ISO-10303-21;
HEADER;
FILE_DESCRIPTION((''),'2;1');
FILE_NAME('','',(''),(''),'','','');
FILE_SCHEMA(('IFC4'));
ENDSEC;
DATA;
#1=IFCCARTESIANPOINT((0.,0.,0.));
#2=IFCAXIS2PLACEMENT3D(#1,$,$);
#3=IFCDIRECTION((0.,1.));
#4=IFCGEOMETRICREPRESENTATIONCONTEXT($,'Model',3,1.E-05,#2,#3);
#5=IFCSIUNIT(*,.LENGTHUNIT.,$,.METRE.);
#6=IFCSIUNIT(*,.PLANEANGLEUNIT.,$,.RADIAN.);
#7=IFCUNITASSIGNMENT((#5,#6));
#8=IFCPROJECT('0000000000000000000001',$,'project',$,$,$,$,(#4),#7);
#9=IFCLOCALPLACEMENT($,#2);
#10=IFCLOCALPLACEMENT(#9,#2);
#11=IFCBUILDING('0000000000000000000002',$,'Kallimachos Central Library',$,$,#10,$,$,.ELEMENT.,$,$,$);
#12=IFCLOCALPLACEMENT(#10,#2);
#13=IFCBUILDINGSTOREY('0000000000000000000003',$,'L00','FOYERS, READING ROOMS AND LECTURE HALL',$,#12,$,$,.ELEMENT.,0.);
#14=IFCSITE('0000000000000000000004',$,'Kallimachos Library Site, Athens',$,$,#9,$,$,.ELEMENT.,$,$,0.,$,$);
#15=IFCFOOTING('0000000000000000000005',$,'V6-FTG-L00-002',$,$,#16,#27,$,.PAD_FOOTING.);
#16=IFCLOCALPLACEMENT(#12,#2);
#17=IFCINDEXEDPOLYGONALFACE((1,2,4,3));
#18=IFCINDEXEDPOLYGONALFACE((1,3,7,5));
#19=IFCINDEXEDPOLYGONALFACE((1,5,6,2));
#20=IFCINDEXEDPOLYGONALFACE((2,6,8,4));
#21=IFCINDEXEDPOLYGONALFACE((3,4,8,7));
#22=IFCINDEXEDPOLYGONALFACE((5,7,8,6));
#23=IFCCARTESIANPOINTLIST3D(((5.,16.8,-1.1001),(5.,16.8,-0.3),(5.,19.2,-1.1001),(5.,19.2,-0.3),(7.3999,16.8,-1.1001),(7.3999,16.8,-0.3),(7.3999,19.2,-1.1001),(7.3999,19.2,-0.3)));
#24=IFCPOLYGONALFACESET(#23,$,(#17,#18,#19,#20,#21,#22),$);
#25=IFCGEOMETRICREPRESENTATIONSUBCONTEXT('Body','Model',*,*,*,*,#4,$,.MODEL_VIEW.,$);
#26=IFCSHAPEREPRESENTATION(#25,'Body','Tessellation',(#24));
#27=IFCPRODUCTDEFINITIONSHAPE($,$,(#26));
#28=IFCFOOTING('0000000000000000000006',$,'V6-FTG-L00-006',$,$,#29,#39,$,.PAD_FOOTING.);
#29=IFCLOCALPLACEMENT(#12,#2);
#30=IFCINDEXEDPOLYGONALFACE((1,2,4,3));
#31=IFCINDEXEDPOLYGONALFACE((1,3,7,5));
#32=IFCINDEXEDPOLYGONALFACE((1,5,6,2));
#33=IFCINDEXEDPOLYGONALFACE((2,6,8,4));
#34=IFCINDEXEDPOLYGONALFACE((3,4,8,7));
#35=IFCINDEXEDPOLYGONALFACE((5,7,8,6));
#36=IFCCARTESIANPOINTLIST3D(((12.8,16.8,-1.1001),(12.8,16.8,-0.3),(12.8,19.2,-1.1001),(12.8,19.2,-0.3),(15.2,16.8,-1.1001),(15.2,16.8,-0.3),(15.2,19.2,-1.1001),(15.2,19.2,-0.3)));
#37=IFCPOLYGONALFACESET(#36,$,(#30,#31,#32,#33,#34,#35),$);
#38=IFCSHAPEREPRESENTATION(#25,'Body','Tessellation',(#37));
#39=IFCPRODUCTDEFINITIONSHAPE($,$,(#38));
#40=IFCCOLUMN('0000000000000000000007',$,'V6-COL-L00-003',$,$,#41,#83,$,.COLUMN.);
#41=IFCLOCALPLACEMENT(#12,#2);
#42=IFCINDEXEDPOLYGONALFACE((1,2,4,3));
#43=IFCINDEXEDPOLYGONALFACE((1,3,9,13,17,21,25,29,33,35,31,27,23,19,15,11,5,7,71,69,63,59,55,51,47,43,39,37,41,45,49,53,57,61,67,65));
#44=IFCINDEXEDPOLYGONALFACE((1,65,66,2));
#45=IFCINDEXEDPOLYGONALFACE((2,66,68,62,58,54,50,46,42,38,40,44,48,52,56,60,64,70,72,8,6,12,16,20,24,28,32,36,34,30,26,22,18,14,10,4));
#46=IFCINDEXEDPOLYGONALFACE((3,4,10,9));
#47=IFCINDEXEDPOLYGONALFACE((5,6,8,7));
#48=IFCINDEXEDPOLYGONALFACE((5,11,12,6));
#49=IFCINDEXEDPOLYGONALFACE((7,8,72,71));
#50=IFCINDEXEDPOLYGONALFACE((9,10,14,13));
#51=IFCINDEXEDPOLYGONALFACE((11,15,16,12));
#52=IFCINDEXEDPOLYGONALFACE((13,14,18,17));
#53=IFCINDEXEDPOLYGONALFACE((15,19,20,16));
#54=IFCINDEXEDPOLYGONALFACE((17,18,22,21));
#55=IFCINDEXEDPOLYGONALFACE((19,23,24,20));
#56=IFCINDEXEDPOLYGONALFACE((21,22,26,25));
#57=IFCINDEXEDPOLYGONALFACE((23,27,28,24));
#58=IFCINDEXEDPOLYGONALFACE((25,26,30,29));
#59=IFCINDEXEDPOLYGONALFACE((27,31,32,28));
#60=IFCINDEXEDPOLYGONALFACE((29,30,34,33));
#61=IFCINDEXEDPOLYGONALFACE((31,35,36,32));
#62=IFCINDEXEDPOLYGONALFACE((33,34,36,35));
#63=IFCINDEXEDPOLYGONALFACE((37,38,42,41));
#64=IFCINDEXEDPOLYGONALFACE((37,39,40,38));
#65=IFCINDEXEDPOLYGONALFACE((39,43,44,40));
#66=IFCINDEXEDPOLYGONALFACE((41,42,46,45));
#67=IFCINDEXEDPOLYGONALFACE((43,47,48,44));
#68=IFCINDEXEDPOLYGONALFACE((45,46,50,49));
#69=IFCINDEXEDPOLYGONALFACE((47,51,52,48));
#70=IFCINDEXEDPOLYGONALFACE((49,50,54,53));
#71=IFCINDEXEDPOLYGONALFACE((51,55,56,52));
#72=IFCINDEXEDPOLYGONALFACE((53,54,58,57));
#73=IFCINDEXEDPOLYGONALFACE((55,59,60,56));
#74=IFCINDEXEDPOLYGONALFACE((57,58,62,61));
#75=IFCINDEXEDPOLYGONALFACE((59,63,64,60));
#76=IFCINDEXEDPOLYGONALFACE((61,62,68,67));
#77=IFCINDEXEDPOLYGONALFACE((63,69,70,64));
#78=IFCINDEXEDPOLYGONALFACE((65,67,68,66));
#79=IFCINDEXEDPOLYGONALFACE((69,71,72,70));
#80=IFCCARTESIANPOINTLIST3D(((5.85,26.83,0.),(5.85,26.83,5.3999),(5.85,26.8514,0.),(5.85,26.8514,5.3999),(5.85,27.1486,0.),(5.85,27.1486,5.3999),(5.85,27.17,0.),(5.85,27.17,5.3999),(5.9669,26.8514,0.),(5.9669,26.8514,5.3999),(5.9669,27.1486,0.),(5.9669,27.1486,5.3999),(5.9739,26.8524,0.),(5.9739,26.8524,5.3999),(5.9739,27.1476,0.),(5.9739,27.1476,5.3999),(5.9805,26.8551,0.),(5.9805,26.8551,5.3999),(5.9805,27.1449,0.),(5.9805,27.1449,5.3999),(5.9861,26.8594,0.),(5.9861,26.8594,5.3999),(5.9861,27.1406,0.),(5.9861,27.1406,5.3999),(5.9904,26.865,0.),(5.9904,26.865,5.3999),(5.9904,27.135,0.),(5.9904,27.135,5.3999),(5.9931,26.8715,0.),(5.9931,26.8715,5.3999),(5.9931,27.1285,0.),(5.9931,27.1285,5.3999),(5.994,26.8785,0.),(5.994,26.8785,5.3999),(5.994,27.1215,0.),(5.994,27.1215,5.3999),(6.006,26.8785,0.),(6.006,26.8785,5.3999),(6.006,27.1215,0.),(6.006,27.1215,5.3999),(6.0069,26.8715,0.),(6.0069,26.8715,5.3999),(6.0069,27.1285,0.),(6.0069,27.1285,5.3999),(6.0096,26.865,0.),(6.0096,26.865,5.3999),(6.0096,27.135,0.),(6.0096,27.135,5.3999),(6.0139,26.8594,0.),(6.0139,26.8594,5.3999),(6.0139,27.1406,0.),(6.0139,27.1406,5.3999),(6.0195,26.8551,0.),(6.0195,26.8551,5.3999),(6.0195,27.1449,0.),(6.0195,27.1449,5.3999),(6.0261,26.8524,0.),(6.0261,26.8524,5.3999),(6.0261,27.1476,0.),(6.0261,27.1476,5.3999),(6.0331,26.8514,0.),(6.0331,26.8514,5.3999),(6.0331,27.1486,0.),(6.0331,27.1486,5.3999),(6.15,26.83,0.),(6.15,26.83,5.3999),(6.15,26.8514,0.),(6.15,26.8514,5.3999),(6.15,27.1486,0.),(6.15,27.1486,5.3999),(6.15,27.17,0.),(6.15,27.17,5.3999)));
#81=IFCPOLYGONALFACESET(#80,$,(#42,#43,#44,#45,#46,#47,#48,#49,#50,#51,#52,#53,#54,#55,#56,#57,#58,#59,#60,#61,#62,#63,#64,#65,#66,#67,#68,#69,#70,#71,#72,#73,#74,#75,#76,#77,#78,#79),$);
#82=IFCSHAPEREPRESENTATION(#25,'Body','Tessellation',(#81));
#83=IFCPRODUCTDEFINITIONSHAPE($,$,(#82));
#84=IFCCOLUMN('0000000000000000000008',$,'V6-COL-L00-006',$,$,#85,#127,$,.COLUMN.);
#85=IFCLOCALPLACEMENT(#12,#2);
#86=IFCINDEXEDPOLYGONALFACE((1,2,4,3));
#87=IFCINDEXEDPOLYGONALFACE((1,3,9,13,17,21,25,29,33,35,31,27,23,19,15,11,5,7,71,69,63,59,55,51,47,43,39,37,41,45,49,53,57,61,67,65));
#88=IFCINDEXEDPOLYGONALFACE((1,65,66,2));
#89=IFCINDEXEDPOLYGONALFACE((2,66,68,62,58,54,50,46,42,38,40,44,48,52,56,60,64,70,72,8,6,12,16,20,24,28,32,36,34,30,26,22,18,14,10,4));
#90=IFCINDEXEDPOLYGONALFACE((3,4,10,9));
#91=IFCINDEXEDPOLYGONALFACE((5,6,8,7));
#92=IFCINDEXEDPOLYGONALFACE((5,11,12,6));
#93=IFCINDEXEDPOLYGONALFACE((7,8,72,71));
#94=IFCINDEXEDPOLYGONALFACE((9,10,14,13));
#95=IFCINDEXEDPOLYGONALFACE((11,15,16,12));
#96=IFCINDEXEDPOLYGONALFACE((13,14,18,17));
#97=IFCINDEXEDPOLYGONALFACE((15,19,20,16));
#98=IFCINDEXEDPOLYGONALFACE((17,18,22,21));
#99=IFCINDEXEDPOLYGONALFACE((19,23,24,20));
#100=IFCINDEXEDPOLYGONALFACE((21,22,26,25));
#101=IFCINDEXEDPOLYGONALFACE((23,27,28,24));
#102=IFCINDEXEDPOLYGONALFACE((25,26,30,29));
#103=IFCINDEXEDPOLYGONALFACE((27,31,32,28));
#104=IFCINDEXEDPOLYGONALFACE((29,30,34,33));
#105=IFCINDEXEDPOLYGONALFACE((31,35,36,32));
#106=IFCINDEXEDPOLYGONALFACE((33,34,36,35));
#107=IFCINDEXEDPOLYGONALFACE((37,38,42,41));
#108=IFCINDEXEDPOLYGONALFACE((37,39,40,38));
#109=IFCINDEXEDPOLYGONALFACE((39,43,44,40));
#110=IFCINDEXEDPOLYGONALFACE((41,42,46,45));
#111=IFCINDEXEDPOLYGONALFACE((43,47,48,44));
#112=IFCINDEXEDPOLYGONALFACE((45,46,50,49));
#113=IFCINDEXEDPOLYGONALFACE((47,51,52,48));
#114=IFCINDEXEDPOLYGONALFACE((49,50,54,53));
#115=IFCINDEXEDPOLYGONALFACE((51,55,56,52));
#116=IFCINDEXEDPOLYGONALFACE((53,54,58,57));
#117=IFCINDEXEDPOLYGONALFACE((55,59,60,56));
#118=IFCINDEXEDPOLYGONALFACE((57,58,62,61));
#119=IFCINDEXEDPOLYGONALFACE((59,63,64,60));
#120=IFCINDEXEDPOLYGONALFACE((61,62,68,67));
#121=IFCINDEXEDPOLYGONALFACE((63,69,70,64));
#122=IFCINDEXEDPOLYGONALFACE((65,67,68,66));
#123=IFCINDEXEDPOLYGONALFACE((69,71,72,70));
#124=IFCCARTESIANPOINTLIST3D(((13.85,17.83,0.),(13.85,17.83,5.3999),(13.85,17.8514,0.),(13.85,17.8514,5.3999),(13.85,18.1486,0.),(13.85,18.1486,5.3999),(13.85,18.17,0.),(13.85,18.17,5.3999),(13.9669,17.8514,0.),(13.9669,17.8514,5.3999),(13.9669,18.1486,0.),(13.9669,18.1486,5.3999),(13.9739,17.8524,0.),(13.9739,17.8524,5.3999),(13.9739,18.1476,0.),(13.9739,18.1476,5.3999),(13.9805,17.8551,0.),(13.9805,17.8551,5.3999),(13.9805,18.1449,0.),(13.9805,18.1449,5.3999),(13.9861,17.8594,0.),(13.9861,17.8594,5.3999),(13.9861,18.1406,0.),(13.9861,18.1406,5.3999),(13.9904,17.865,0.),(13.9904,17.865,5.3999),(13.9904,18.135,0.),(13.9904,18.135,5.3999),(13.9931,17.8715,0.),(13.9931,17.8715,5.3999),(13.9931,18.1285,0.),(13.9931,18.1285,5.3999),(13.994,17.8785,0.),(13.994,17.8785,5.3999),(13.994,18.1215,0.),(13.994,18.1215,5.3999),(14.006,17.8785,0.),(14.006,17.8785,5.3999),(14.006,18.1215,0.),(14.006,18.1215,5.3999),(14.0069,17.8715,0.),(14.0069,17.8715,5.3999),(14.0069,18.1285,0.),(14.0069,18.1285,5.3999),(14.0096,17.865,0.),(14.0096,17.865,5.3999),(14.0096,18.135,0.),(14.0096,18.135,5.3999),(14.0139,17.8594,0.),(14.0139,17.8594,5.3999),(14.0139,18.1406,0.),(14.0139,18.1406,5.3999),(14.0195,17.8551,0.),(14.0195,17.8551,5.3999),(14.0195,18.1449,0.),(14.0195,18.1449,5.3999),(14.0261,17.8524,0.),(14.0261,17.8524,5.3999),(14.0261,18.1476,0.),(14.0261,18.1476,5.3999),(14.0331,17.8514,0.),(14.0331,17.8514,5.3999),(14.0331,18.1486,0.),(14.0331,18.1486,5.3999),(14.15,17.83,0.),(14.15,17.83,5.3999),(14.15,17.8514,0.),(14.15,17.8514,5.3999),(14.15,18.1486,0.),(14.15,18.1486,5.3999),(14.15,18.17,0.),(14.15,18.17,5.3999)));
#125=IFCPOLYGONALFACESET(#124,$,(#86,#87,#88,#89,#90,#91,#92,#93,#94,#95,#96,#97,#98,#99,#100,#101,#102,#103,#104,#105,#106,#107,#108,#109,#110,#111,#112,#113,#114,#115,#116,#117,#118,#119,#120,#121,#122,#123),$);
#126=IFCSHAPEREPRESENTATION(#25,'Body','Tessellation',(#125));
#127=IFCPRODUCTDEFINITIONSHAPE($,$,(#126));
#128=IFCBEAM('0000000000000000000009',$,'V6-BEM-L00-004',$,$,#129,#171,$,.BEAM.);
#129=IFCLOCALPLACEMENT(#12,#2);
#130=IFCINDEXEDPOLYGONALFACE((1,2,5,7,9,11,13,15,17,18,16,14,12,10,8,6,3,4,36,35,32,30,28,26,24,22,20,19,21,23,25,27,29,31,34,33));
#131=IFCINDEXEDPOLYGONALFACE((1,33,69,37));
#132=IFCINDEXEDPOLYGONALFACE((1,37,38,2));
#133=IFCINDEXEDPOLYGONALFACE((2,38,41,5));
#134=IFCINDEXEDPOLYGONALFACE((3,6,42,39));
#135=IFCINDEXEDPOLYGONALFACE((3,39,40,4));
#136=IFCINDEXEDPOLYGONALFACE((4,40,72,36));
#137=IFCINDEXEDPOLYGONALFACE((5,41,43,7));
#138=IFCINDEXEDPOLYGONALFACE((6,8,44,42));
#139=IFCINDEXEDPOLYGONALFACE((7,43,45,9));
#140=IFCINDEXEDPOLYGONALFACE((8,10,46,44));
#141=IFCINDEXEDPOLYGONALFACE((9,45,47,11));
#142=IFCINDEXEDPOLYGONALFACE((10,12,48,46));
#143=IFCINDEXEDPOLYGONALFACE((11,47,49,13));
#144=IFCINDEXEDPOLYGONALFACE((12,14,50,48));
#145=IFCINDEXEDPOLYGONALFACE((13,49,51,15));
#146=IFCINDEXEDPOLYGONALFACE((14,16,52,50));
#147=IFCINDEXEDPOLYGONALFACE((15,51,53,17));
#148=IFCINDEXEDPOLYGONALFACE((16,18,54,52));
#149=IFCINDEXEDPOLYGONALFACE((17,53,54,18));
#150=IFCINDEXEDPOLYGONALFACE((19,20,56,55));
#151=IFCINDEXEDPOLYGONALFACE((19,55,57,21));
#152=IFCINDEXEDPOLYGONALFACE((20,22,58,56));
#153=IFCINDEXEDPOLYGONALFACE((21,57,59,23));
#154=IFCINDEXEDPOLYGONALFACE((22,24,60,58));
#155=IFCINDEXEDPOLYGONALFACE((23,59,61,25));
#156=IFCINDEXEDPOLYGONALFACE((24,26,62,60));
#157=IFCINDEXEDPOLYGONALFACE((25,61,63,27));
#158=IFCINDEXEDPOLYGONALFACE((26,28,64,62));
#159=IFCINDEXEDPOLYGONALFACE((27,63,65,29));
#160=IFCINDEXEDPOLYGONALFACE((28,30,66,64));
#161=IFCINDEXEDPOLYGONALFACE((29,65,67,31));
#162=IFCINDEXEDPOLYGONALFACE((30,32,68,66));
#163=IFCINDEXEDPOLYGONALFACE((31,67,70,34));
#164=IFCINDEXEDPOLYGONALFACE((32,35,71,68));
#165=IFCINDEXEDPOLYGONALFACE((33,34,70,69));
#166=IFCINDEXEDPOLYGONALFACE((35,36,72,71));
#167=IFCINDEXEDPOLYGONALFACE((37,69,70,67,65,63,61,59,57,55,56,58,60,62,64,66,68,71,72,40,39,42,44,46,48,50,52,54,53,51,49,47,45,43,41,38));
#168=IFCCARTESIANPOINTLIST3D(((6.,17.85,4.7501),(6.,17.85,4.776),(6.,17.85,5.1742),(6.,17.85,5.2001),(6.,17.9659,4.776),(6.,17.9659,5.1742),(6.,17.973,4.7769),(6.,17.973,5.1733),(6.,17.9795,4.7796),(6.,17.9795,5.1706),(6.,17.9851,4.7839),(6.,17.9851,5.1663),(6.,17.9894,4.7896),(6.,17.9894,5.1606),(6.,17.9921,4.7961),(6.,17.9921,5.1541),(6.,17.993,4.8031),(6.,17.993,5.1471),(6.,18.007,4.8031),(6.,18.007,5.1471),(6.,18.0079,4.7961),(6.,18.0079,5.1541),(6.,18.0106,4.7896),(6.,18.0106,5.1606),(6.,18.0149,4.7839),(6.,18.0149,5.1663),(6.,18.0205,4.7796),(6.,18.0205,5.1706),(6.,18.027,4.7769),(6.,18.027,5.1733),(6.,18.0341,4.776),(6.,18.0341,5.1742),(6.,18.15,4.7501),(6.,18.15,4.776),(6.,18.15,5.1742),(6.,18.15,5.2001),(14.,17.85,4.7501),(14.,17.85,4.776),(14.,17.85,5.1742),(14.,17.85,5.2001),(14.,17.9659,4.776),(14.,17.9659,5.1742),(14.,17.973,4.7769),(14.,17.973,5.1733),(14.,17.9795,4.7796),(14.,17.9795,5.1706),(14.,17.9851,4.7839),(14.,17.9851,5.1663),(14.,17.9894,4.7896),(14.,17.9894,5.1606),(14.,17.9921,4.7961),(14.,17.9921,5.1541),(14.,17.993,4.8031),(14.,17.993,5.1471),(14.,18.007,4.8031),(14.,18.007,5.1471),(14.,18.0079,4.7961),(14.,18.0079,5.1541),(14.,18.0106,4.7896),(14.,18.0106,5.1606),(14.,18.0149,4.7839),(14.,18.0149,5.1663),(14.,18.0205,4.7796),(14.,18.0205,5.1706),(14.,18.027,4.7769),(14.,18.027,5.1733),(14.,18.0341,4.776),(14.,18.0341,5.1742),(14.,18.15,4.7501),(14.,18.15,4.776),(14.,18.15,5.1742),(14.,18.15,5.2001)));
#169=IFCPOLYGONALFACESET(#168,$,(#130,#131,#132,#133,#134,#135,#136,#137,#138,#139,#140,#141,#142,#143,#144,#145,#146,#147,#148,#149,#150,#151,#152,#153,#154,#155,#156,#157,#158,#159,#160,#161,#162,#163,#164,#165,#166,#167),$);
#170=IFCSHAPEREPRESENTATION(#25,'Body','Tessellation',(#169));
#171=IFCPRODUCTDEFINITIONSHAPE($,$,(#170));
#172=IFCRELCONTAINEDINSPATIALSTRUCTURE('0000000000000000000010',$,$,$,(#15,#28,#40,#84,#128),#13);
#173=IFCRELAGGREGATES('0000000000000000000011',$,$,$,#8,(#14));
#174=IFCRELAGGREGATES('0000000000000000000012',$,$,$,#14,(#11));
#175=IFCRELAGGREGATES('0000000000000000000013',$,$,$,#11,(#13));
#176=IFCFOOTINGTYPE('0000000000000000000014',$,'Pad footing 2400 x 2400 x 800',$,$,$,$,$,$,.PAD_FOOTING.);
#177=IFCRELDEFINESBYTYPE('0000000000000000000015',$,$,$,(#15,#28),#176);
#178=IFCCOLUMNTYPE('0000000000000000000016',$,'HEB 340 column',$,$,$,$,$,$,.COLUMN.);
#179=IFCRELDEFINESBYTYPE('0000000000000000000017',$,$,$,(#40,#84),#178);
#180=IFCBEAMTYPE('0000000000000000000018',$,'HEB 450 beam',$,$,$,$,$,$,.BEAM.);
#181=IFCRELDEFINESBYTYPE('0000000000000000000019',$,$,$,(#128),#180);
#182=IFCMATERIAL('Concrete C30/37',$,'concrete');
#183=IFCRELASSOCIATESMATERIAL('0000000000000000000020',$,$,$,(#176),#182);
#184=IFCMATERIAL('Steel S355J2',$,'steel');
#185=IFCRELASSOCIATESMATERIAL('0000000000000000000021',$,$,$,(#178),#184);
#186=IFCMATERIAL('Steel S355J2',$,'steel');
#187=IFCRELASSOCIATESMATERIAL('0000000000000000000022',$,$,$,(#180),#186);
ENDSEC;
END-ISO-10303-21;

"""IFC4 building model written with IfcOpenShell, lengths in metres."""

from ifc_helpers import new_model, si_unit, direction, frame, origin, origin_2d, place, context, subcontext, project, spatial, rectangle, i_section, extrude, material, material_profile, profile_set, type_object, element, save


model = new_model("IFC4")

# Units and contexts
model_context = context("Model", 3, precision=1e-05, world=origin(), true_north=direction((0.0, 1.0)))
body_context = subcontext(model_context, "Body", "Model", "MODEL_VIEW")
ifc_project = project(units=[si_unit("LENGTHUNIT", "METRE"), si_unit("PLANEANGLEUNIT", "RADIAN")], contexts=[model_context])

# Site, building, storey
site_placement = place(None, origin())
site = spatial("IfcSite", under=ifc_project, at=site_placement, Name="Kallimachos Library Site, Athens", CompositionType="ELEMENT", RefElevation=0.0)
building_placement = place(site_placement, origin())
building = spatial("IfcBuilding", under=site, at=building_placement, Name="Kallimachos Central Library", CompositionType="ELEMENT")
storey_placement = place(building_placement, origin())
storey = spatial("IfcBuildingStorey", under=building, at=storey_placement, Name="L00", Description="FOYERS, READING ROOMS AND LECTURE HALL", CompositionType="ELEMENT", Elevation=0.0)

# Footings
ifc_material_1 = material(Name="Concrete C30/37", Category="concrete")
footing_type = type_object("IfcFootingType", Name="Pad footing 2400 x 2400 x 800", PredefinedType="PAD_FOOTING", material=ifc_material_1)
for number, where, z_axis, x_axis, name in (
    (1, (6.2, 18.0, -1.1001), (0.0, 0.0, 1.0), (1.0, 0.0, 0.0), "V6-FTG-L00-002"),
    (2, (14.0, 18.0, -1.1001), (0.0, 0.0, 1.0), (1.0, 0.0, 0.0), "V6-FTG-L00-006"),
):
    element("IfcFooting", number, at=place(storey_placement, frame(where, z_axis=z_axis, x_axis=x_axis)), inside=storey, type_object=footing_type, Name=name, PredefinedType="PAD_FOOTING", context=body_context, shape_type="SweptSolid", body=[
        extrude(rectangle(XDim=2.3999, YDim=2.3999, at=origin_2d()), origin(), (0.0, 0.0, 1.0), 0.8),
    ])

# Columns
ifc_material_2 = material(Name="Steel S355J2", Category="steel")
ifc_material_profile_1 = material_profile(ifc_material_2, i_section(OverallWidth=0.3, OverallDepth=0.3401, WebThickness=0.012, FlangeThickness=0.0215, FilletRadius=0.0271, at=origin_2d()), Name="HEB 340")
ifc_profile_set_1 = profile_set([ifc_material_profile_1], Name="Steel S355J2")
column_type = type_object("IfcColumnType", Name="HEB 340 column", PredefinedType="COLUMN", material=ifc_profile_set_1)
for number, where, z_axis, x_axis, name in (
    (3, (6.0, 27.0, 0.0), (0.0, 0.0, 1.0), (1.0, 0.0, 0.0), "V6-COL-L00-003"),
    (4, (14.0, 18.0, 0.0), (0.0, 0.0, 1.0), (1.0, 0.0, 0.0), "V6-COL-L00-006"),
):
    element("IfcColumn", number, at=place(storey_placement, frame(where, z_axis=z_axis, x_axis=x_axis)), inside=storey, type_object=column_type, Name=name, PredefinedType="COLUMN", context=body_context, shape_type="SweptSolid", body=[
        extrude(i_section(OverallWidth=0.3, OverallDepth=0.3401, WebThickness=0.012, FlangeThickness=0.0215, FilletRadius=0.0271, at=origin_2d()), origin(), (0.0, 0.0, 1.0), 5.3999),
    ])

# Beam
ifc_material_3 = material(Name="Steel S355J2", Category="steel")
ifc_material_profile_2 = material_profile(ifc_material_3, i_section(OverallWidth=0.3, OverallDepth=0.45, WebThickness=0.0139, FlangeThickness=0.0259, FilletRadius=0.0271, at=origin_2d()), Name="HEB 450")
ifc_profile_set_2 = profile_set([ifc_material_profile_2], Name="Steel S355J2")
beam_type_1 = type_object("IfcBeamType", Name="HEB 450 beam", PredefinedType="BEAM", material=ifc_profile_set_2)
beam_1_placement = place(storey_placement, frame((6.0, 18.0, 4.9751), z_axis=(1.0, 0.0, 0.0), x_axis=(0.0, 1.0, 0.0)))
element("IfcBeam", 5, at=beam_1_placement, inside=storey, type_object=beam_type_1, Name="V6-BEM-L00-004", PredefinedType="BEAM", context=body_context, shape_type="SweptSolid", body=[
    extrude(i_section(OverallWidth=0.3, OverallDepth=0.45, WebThickness=0.0139, FlangeThickness=0.0259, FilletRadius=0.0271, at=origin_2d()), origin(), (0.0, 0.0, 1.0), 8.0),
])

save(model, "model.ifc")
